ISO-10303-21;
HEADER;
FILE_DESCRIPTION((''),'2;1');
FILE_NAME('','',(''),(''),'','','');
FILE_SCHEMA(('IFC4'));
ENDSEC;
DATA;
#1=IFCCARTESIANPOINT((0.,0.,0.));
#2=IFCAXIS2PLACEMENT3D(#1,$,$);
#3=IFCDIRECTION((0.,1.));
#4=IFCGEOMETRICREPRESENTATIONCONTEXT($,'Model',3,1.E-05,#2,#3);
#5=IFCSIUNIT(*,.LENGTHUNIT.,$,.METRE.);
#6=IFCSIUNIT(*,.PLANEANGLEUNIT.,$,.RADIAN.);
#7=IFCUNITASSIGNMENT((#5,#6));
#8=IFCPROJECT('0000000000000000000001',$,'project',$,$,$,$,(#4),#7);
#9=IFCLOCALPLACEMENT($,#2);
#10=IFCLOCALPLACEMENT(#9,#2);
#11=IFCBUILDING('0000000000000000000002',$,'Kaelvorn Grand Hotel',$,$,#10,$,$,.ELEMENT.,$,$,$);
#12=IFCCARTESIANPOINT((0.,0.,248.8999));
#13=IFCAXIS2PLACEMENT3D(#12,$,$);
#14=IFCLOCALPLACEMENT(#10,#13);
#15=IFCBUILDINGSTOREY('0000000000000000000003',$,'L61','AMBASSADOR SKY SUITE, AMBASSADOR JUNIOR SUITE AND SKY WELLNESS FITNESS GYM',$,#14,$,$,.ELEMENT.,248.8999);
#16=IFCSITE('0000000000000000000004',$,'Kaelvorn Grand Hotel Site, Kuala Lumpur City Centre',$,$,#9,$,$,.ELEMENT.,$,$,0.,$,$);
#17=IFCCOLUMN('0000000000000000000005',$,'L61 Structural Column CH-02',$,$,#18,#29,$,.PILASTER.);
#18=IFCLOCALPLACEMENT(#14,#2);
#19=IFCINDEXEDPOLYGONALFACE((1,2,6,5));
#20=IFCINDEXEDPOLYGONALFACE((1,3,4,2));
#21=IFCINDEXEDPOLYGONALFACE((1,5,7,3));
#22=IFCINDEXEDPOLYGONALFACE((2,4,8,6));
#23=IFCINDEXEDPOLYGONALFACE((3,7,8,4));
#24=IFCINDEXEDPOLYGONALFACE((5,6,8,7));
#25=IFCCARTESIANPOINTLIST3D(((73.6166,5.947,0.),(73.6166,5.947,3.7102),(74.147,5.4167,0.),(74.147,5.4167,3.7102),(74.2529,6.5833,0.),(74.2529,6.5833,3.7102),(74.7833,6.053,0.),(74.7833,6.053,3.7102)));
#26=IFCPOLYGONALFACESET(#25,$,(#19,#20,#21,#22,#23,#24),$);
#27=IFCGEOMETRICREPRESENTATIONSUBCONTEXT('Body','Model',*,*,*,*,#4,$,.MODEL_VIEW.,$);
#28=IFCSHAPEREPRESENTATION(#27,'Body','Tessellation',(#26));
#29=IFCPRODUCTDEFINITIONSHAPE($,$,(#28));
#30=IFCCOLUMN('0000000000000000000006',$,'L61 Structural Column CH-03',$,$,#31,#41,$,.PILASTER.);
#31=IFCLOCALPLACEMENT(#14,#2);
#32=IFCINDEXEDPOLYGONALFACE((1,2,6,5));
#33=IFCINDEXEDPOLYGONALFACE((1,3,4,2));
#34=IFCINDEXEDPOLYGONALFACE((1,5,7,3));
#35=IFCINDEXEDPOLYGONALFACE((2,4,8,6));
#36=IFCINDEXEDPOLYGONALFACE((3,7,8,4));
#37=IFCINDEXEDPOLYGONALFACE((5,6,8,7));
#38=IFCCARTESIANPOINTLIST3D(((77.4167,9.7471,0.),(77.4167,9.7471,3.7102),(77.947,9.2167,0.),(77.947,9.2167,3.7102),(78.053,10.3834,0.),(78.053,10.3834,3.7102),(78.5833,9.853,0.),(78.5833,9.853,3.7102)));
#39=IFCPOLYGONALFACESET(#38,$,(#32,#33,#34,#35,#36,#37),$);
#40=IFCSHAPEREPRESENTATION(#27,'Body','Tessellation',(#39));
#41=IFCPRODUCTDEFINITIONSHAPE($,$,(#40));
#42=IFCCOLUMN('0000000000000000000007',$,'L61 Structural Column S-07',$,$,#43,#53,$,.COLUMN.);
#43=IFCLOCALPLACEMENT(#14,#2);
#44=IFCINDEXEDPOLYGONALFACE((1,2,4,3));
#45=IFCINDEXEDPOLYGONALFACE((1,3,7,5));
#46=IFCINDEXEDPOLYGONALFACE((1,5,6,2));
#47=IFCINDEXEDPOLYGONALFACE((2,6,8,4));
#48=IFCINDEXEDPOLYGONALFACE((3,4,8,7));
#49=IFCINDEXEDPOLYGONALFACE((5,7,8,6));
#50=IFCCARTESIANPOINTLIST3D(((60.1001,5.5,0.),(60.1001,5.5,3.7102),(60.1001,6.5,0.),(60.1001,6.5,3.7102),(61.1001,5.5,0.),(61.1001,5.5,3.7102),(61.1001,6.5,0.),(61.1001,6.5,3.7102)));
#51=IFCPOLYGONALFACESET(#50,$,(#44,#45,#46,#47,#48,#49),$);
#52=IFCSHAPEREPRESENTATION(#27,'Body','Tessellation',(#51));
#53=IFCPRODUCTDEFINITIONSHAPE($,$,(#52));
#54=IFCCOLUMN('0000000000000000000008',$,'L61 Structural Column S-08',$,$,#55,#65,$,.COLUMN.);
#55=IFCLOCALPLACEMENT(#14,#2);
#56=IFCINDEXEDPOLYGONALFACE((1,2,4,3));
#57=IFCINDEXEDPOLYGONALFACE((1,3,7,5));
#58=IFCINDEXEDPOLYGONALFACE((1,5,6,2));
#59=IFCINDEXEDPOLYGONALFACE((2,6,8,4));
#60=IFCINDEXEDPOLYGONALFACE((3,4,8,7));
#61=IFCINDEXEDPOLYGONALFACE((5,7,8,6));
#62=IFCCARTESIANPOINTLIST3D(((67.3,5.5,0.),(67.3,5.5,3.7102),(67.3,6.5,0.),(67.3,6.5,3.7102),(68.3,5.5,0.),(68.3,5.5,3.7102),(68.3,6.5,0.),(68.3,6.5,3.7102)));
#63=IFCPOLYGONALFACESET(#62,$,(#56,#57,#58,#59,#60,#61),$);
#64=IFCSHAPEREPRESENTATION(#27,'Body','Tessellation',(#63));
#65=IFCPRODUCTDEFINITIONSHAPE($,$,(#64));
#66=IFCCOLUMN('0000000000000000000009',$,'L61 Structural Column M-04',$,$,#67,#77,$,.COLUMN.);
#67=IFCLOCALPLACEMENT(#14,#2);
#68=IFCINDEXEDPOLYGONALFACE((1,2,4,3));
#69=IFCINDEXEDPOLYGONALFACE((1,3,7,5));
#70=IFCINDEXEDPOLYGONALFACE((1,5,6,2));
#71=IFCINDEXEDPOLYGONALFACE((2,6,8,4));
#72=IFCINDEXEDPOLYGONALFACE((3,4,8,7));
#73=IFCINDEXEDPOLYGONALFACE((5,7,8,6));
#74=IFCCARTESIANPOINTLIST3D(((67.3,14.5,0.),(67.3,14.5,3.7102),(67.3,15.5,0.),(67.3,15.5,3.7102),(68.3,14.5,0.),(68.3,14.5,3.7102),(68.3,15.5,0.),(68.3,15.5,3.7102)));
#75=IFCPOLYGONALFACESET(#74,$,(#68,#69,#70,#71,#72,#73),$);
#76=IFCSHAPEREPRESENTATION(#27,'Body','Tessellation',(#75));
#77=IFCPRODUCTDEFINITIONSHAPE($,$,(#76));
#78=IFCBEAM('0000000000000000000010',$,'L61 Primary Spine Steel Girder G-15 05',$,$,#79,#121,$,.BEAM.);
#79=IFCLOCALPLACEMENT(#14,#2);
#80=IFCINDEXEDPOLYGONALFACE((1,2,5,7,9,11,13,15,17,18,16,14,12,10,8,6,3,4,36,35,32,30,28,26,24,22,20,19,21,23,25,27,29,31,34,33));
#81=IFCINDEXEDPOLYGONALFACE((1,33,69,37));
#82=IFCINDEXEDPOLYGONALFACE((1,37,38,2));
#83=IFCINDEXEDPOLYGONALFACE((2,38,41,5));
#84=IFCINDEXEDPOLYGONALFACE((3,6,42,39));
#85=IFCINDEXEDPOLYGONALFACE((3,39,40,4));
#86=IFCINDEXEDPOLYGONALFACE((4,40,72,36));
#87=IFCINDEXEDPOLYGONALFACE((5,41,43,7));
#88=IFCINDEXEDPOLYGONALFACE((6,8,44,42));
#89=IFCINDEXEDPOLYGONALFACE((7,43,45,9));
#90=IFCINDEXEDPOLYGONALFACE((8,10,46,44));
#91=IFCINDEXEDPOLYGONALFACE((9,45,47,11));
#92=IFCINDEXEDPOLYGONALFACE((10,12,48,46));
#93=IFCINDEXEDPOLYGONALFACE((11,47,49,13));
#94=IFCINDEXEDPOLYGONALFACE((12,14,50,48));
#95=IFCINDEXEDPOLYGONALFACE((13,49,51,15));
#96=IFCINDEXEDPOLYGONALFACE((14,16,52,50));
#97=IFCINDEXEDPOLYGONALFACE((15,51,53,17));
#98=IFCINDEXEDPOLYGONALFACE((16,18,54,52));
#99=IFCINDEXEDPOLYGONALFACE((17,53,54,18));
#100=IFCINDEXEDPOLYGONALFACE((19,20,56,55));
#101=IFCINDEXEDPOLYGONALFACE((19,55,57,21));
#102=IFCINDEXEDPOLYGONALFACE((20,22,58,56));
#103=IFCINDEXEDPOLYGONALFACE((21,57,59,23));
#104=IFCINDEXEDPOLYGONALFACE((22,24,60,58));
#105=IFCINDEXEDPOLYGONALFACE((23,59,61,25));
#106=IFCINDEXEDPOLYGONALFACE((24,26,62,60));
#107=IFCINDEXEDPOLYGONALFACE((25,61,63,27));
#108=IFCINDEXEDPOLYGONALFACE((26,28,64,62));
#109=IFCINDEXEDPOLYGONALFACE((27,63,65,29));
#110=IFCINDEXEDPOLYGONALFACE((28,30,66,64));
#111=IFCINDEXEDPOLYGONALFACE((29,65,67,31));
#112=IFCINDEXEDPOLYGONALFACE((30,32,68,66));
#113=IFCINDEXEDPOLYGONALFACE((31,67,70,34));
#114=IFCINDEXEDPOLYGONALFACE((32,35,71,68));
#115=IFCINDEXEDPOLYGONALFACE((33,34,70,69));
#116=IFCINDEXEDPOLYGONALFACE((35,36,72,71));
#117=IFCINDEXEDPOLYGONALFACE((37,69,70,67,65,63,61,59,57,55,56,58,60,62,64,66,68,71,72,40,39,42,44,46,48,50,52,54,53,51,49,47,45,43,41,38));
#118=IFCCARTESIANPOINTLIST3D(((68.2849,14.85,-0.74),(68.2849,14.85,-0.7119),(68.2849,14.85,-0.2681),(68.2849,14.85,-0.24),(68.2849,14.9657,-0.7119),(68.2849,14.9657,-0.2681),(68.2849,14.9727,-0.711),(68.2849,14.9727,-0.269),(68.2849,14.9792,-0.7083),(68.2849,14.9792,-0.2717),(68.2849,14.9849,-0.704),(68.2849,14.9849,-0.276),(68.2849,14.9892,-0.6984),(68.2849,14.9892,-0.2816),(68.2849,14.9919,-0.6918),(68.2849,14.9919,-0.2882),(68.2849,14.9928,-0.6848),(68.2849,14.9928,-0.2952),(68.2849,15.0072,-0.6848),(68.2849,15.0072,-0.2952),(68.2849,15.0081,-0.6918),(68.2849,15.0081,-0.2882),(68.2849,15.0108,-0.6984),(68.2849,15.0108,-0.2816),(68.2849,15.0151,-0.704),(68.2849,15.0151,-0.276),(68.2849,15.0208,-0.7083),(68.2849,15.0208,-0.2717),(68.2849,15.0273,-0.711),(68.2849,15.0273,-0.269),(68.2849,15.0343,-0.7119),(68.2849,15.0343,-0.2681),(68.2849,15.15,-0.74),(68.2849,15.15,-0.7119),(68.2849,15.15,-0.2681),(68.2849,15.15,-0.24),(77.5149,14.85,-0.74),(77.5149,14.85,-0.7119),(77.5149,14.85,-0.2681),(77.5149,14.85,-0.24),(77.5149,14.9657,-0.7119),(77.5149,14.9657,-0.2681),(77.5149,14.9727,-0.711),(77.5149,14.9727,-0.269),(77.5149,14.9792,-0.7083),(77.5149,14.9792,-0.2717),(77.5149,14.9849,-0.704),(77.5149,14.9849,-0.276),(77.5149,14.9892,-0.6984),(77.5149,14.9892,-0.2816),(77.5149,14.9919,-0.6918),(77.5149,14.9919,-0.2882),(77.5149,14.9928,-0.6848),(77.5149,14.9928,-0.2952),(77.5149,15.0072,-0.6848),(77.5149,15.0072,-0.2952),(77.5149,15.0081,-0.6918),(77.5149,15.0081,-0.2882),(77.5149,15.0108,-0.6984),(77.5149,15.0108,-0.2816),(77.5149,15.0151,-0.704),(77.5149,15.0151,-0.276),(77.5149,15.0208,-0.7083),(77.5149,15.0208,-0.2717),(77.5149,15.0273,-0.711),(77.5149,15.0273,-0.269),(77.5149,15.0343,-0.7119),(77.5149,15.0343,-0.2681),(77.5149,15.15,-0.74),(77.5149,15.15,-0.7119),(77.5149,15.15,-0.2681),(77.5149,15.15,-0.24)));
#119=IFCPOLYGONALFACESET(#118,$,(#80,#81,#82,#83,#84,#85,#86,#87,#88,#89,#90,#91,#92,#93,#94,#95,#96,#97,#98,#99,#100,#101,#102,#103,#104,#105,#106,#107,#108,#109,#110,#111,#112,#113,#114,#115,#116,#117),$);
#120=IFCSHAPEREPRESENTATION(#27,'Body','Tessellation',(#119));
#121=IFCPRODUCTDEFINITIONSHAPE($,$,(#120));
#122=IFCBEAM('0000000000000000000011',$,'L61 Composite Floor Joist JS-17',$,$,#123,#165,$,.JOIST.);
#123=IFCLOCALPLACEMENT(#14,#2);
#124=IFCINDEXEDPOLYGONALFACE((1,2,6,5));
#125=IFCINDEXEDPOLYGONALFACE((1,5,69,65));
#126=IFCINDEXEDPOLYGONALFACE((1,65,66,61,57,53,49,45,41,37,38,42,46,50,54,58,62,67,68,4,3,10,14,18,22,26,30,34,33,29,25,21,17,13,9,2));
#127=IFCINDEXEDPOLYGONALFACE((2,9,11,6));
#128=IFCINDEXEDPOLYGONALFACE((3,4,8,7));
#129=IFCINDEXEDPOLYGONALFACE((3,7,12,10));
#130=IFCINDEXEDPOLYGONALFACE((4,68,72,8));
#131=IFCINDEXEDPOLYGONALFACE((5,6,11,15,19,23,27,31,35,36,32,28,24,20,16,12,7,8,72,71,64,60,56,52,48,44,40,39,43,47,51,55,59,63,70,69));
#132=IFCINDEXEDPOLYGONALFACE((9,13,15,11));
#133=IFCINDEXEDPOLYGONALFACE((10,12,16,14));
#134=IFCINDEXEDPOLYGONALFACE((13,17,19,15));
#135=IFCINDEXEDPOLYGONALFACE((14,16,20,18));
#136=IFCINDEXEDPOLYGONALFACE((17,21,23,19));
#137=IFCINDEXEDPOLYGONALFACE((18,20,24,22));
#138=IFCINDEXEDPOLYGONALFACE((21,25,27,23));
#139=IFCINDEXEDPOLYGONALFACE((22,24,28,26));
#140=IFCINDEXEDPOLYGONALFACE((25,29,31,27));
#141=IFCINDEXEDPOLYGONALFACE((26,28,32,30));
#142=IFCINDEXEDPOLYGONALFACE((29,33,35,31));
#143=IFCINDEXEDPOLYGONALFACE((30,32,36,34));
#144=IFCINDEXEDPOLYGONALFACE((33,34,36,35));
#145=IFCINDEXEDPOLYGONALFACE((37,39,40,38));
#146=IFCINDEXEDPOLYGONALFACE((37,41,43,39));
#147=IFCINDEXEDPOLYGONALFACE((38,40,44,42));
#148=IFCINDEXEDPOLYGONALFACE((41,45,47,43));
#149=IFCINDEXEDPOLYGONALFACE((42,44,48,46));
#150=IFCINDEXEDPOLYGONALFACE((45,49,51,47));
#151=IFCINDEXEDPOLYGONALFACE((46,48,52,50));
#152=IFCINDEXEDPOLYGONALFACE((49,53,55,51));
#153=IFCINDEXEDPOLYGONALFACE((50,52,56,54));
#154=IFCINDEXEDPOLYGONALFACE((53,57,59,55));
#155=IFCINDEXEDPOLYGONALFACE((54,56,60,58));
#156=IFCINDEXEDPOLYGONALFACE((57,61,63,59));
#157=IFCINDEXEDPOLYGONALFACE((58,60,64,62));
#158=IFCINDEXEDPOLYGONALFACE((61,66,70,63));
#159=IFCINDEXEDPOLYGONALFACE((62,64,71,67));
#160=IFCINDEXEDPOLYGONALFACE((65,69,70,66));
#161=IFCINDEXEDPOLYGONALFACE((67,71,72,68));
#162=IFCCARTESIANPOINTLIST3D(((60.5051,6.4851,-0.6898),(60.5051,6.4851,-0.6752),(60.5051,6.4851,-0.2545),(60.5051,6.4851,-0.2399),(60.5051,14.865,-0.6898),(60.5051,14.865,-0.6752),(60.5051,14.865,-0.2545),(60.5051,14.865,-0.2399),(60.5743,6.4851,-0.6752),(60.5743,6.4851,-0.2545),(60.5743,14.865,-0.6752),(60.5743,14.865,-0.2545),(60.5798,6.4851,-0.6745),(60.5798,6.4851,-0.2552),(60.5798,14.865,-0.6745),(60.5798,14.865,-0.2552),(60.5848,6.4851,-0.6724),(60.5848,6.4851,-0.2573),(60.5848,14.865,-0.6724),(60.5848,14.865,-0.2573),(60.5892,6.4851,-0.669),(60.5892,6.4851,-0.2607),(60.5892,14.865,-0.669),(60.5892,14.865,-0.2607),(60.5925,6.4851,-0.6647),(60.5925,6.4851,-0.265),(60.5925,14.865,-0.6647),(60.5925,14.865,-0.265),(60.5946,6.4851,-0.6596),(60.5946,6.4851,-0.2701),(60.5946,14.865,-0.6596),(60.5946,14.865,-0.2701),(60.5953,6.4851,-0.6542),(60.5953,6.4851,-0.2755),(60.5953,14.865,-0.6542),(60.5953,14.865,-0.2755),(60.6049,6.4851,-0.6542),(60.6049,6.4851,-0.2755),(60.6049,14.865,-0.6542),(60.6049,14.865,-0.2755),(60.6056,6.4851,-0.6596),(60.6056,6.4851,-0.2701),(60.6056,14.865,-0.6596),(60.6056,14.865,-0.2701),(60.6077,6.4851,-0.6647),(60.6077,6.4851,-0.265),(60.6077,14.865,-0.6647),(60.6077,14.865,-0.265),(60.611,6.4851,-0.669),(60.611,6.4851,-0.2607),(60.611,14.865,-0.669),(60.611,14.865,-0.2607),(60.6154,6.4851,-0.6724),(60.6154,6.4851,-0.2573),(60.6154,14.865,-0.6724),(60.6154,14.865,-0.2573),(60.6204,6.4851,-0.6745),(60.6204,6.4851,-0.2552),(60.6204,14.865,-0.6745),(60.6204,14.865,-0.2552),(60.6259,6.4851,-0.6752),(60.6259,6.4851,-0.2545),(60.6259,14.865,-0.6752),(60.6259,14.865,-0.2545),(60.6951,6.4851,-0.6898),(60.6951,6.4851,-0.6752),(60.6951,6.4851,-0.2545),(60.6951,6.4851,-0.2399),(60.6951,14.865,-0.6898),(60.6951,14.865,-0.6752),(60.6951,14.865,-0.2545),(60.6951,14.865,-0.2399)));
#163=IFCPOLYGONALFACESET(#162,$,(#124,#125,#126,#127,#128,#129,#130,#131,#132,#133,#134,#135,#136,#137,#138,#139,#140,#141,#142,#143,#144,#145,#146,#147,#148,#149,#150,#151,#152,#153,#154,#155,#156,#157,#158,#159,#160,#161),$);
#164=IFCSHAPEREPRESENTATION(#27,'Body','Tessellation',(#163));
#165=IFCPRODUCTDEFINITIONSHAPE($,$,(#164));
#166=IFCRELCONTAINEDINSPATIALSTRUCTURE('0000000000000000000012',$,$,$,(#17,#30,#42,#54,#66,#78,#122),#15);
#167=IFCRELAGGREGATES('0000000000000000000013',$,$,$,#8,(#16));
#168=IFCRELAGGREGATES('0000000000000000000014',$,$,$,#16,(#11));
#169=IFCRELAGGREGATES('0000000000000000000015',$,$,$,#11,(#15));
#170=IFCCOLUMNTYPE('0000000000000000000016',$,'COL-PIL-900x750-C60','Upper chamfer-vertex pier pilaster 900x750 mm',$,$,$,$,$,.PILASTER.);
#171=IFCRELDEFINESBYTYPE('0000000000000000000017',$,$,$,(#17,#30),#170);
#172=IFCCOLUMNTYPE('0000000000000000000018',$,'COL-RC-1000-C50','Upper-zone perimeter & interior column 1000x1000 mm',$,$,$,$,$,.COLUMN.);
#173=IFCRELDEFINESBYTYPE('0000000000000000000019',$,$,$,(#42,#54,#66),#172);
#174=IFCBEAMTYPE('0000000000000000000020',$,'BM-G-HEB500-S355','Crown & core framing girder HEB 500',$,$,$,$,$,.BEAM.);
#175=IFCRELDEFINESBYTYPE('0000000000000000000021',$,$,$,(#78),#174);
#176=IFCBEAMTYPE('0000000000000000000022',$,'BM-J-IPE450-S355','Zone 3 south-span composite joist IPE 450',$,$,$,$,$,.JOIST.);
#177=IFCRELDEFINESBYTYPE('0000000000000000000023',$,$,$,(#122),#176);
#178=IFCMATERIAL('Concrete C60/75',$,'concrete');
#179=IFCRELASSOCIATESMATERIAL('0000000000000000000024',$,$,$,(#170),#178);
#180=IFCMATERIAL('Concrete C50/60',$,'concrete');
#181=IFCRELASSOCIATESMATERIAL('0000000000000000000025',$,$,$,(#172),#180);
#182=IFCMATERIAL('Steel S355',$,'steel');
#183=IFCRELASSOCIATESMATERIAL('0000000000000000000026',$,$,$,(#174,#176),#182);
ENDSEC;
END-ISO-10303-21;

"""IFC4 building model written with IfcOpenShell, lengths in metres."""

from ifc_helpers import new_model, si_unit, direction, frame, origin, origin_2d, place, context, subcontext, project, spatial, rectangle, i_section, extrude, material, material_profile, profile_set, type_object, element, save


model = new_model("IFC4")

# Units and contexts
model_context = context("Model", 3, precision=1e-05, world=origin(), true_north=direction((0.0, 1.0)))
body_context = subcontext(model_context, "Body", "Model", "MODEL_VIEW")
ifc_project = project(units=[si_unit("LENGTHUNIT", "METRE"), si_unit("PLANEANGLEUNIT", "RADIAN")], contexts=[model_context])

# Site, building, storey
site_placement = place(None, origin())
site = spatial("IfcSite", under=ifc_project, at=site_placement, Name="Kaelvorn Grand Hotel Site, Kuala Lumpur City Centre", CompositionType="ELEMENT", RefElevation=0.0)
building_placement = place(site_placement, origin())
building = spatial("IfcBuilding", under=site, at=building_placement, Name="Kaelvorn Grand Hotel", CompositionType="ELEMENT")
storey_placement = place(building_placement, frame((0.0, 0.0, 248.8999)))
storey = spatial("IfcBuildingStorey", under=building, at=storey_placement, Name="L61", Description="AMBASSADOR SKY SUITE, AMBASSADOR JUNIOR SUITE AND SKY WELLNESS FITNESS GYM", CompositionType="ELEMENT", Elevation=248.8999)

# Columns
ifc_material_1 = material(Name="Concrete C60/75", Category="concrete")
ifc_material_profile_1 = material_profile(ifc_material_1, rectangle(XDim=0.8999, YDim=0.75, at=origin_2d()), Name="RC PILASTER 900x750")
ifc_profile_set_1 = profile_set([ifc_material_profile_1], Name="Concrete C60/75")
column_type_1 = type_object("IfcColumnType", Name="COL-PIL-900x750-C60", Description="Upper chamfer-vertex pier pilaster 900x750 mm", PredefinedType="PILASTER", material=ifc_profile_set_1)
for number, where, z_axis, x_axis, name in (
    (1, (74.2, 6.0, 0.0), (0.0, 0.0, 1.0), (0.707107, 0.707107, 0.0), "L61 Structural Column CH-02"),
    (2, (78.0, 9.8, 0.0), (0.0, 0.0, 1.0), (0.707107, 0.707107, 0.0), "L61 Structural Column CH-03"),
):
    element("IfcColumn", number, at=place(storey_placement, frame(where, z_axis=z_axis, x_axis=x_axis)), inside=storey, type_object=column_type_1, Name=name, PredefinedType="PILASTER", context=body_context, shape_type="SweptSolid", body=[
        extrude(rectangle(XDim=0.8999, YDim=0.75, at=origin_2d()), origin(), (0.0, 0.0, 1.0), 3.7102),
    ])
ifc_material_2 = material(Name="Concrete C50/60", Category="concrete")
ifc_material_profile_2 = material_profile(ifc_material_2, rectangle(XDim=1.0, YDim=1.0, at=origin_2d()), Name="RC COL 1000x1000")
ifc_profile_set_2 = profile_set([ifc_material_profile_2], Name="Concrete C50/60")
column_type_2 = type_object("IfcColumnType", Name="COL-RC-1000-C50", Description="Upper-zone perimeter & interior column 1000x1000 mm", PredefinedType="COLUMN", material=ifc_profile_set_2)
for number, where, z_axis, x_axis, name in (
    (3, (60.6001, 6.0, 0.0), (0.0, 0.0, 1.0), (1.0, 0.0, 0.0), "L61 Structural Column S-07"),
    (4, (67.8, 6.0, 0.0), (0.0, 0.0, 1.0), (1.0, 0.0, 0.0), "L61 Structural Column S-08"),
    (5, (67.8, 15.0, 0.0), (0.0, 0.0, 1.0), (1.0, 0.0, 0.0), "L61 Structural Column M-04"),
):
    element("IfcColumn", number, at=place(storey_placement, frame(where, z_axis=z_axis, x_axis=x_axis)), inside=storey, type_object=column_type_2, Name=name, PredefinedType="COLUMN", context=body_context, shape_type="SweptSolid", body=[
        extrude(rectangle(XDim=1.0, YDim=1.0, at=origin_2d()), origin(), (0.0, 0.0, 1.0), 3.7102),
    ])

# Beams
ifc_material_3 = material(Name="Steel S355", Category="steel")
ifc_material_profile_3 = material_profile(ifc_material_3, i_section(OverallWidth=0.3, OverallDepth=0.5, WebThickness=0.0144, FlangeThickness=0.0281, FilletRadius=0.0271, at=origin_2d()), Name="HEB 500")
ifc_profile_set_3 = profile_set([ifc_material_profile_3], Name="Steel S355")
beam_type_1 = type_object("IfcBeamType", Name="BM-G-HEB500-S355", Description="Crown & core framing girder HEB 500", PredefinedType="BEAM", material=ifc_profile_set_3)
beam_1_placement = place(storey_placement, frame((68.2849, 15.0, -0.49), z_axis=(1.0, 0.0, 0.0), x_axis=(0.0, 1.0, 0.0)))
element("IfcBeam", 6, at=beam_1_placement, inside=storey, type_object=beam_type_1, Name="L61 Primary Spine Steel Girder G-15 05", PredefinedType="BEAM", context=body_context, shape_type="SweptSolid", body=[
    extrude(i_section(OverallWidth=0.3, OverallDepth=0.5, WebThickness=0.0144, FlangeThickness=0.0281, FilletRadius=0.0271, at=origin_2d()), origin(), (0.0, 0.0, 1.0), 9.23),
])
ifc_material_profile_4 = material_profile(ifc_material_3, i_section(OverallWidth=0.1899, OverallDepth=0.45, WebThickness=0.0095, FlangeThickness=0.0146, FilletRadius=0.021, at=origin_2d()), Name="IPE 450")
ifc_profile_set_4 = profile_set([ifc_material_profile_4], Name="Steel S355")
beam_type_2 = type_object("IfcBeamType", Name="BM-J-IPE450-S355", Description="Zone 3 south-span composite joist IPE 450", PredefinedType="JOIST", material=ifc_profile_set_4)
beam_2_placement = place(storey_placement, frame((60.6001, 6.4851, -0.4648), z_axis=(0.0, 1.0, 0.0), x_axis=(-1.0, 0.0, 0.0)))
element("IfcBeam", 7, at=beam_2_placement, inside=storey, type_object=beam_type_2, Name="L61 Composite Floor Joist JS-17", PredefinedType="JOIST", context=body_context, shape_type="SweptSolid", body=[
    extrude(i_section(OverallWidth=0.1899, OverallDepth=0.45, WebThickness=0.0095, FlangeThickness=0.0146, FilletRadius=0.021, at=origin_2d()), origin(), (0.0, 0.0, 1.0), 8.3799),
])

save(model, "model.ifc")
